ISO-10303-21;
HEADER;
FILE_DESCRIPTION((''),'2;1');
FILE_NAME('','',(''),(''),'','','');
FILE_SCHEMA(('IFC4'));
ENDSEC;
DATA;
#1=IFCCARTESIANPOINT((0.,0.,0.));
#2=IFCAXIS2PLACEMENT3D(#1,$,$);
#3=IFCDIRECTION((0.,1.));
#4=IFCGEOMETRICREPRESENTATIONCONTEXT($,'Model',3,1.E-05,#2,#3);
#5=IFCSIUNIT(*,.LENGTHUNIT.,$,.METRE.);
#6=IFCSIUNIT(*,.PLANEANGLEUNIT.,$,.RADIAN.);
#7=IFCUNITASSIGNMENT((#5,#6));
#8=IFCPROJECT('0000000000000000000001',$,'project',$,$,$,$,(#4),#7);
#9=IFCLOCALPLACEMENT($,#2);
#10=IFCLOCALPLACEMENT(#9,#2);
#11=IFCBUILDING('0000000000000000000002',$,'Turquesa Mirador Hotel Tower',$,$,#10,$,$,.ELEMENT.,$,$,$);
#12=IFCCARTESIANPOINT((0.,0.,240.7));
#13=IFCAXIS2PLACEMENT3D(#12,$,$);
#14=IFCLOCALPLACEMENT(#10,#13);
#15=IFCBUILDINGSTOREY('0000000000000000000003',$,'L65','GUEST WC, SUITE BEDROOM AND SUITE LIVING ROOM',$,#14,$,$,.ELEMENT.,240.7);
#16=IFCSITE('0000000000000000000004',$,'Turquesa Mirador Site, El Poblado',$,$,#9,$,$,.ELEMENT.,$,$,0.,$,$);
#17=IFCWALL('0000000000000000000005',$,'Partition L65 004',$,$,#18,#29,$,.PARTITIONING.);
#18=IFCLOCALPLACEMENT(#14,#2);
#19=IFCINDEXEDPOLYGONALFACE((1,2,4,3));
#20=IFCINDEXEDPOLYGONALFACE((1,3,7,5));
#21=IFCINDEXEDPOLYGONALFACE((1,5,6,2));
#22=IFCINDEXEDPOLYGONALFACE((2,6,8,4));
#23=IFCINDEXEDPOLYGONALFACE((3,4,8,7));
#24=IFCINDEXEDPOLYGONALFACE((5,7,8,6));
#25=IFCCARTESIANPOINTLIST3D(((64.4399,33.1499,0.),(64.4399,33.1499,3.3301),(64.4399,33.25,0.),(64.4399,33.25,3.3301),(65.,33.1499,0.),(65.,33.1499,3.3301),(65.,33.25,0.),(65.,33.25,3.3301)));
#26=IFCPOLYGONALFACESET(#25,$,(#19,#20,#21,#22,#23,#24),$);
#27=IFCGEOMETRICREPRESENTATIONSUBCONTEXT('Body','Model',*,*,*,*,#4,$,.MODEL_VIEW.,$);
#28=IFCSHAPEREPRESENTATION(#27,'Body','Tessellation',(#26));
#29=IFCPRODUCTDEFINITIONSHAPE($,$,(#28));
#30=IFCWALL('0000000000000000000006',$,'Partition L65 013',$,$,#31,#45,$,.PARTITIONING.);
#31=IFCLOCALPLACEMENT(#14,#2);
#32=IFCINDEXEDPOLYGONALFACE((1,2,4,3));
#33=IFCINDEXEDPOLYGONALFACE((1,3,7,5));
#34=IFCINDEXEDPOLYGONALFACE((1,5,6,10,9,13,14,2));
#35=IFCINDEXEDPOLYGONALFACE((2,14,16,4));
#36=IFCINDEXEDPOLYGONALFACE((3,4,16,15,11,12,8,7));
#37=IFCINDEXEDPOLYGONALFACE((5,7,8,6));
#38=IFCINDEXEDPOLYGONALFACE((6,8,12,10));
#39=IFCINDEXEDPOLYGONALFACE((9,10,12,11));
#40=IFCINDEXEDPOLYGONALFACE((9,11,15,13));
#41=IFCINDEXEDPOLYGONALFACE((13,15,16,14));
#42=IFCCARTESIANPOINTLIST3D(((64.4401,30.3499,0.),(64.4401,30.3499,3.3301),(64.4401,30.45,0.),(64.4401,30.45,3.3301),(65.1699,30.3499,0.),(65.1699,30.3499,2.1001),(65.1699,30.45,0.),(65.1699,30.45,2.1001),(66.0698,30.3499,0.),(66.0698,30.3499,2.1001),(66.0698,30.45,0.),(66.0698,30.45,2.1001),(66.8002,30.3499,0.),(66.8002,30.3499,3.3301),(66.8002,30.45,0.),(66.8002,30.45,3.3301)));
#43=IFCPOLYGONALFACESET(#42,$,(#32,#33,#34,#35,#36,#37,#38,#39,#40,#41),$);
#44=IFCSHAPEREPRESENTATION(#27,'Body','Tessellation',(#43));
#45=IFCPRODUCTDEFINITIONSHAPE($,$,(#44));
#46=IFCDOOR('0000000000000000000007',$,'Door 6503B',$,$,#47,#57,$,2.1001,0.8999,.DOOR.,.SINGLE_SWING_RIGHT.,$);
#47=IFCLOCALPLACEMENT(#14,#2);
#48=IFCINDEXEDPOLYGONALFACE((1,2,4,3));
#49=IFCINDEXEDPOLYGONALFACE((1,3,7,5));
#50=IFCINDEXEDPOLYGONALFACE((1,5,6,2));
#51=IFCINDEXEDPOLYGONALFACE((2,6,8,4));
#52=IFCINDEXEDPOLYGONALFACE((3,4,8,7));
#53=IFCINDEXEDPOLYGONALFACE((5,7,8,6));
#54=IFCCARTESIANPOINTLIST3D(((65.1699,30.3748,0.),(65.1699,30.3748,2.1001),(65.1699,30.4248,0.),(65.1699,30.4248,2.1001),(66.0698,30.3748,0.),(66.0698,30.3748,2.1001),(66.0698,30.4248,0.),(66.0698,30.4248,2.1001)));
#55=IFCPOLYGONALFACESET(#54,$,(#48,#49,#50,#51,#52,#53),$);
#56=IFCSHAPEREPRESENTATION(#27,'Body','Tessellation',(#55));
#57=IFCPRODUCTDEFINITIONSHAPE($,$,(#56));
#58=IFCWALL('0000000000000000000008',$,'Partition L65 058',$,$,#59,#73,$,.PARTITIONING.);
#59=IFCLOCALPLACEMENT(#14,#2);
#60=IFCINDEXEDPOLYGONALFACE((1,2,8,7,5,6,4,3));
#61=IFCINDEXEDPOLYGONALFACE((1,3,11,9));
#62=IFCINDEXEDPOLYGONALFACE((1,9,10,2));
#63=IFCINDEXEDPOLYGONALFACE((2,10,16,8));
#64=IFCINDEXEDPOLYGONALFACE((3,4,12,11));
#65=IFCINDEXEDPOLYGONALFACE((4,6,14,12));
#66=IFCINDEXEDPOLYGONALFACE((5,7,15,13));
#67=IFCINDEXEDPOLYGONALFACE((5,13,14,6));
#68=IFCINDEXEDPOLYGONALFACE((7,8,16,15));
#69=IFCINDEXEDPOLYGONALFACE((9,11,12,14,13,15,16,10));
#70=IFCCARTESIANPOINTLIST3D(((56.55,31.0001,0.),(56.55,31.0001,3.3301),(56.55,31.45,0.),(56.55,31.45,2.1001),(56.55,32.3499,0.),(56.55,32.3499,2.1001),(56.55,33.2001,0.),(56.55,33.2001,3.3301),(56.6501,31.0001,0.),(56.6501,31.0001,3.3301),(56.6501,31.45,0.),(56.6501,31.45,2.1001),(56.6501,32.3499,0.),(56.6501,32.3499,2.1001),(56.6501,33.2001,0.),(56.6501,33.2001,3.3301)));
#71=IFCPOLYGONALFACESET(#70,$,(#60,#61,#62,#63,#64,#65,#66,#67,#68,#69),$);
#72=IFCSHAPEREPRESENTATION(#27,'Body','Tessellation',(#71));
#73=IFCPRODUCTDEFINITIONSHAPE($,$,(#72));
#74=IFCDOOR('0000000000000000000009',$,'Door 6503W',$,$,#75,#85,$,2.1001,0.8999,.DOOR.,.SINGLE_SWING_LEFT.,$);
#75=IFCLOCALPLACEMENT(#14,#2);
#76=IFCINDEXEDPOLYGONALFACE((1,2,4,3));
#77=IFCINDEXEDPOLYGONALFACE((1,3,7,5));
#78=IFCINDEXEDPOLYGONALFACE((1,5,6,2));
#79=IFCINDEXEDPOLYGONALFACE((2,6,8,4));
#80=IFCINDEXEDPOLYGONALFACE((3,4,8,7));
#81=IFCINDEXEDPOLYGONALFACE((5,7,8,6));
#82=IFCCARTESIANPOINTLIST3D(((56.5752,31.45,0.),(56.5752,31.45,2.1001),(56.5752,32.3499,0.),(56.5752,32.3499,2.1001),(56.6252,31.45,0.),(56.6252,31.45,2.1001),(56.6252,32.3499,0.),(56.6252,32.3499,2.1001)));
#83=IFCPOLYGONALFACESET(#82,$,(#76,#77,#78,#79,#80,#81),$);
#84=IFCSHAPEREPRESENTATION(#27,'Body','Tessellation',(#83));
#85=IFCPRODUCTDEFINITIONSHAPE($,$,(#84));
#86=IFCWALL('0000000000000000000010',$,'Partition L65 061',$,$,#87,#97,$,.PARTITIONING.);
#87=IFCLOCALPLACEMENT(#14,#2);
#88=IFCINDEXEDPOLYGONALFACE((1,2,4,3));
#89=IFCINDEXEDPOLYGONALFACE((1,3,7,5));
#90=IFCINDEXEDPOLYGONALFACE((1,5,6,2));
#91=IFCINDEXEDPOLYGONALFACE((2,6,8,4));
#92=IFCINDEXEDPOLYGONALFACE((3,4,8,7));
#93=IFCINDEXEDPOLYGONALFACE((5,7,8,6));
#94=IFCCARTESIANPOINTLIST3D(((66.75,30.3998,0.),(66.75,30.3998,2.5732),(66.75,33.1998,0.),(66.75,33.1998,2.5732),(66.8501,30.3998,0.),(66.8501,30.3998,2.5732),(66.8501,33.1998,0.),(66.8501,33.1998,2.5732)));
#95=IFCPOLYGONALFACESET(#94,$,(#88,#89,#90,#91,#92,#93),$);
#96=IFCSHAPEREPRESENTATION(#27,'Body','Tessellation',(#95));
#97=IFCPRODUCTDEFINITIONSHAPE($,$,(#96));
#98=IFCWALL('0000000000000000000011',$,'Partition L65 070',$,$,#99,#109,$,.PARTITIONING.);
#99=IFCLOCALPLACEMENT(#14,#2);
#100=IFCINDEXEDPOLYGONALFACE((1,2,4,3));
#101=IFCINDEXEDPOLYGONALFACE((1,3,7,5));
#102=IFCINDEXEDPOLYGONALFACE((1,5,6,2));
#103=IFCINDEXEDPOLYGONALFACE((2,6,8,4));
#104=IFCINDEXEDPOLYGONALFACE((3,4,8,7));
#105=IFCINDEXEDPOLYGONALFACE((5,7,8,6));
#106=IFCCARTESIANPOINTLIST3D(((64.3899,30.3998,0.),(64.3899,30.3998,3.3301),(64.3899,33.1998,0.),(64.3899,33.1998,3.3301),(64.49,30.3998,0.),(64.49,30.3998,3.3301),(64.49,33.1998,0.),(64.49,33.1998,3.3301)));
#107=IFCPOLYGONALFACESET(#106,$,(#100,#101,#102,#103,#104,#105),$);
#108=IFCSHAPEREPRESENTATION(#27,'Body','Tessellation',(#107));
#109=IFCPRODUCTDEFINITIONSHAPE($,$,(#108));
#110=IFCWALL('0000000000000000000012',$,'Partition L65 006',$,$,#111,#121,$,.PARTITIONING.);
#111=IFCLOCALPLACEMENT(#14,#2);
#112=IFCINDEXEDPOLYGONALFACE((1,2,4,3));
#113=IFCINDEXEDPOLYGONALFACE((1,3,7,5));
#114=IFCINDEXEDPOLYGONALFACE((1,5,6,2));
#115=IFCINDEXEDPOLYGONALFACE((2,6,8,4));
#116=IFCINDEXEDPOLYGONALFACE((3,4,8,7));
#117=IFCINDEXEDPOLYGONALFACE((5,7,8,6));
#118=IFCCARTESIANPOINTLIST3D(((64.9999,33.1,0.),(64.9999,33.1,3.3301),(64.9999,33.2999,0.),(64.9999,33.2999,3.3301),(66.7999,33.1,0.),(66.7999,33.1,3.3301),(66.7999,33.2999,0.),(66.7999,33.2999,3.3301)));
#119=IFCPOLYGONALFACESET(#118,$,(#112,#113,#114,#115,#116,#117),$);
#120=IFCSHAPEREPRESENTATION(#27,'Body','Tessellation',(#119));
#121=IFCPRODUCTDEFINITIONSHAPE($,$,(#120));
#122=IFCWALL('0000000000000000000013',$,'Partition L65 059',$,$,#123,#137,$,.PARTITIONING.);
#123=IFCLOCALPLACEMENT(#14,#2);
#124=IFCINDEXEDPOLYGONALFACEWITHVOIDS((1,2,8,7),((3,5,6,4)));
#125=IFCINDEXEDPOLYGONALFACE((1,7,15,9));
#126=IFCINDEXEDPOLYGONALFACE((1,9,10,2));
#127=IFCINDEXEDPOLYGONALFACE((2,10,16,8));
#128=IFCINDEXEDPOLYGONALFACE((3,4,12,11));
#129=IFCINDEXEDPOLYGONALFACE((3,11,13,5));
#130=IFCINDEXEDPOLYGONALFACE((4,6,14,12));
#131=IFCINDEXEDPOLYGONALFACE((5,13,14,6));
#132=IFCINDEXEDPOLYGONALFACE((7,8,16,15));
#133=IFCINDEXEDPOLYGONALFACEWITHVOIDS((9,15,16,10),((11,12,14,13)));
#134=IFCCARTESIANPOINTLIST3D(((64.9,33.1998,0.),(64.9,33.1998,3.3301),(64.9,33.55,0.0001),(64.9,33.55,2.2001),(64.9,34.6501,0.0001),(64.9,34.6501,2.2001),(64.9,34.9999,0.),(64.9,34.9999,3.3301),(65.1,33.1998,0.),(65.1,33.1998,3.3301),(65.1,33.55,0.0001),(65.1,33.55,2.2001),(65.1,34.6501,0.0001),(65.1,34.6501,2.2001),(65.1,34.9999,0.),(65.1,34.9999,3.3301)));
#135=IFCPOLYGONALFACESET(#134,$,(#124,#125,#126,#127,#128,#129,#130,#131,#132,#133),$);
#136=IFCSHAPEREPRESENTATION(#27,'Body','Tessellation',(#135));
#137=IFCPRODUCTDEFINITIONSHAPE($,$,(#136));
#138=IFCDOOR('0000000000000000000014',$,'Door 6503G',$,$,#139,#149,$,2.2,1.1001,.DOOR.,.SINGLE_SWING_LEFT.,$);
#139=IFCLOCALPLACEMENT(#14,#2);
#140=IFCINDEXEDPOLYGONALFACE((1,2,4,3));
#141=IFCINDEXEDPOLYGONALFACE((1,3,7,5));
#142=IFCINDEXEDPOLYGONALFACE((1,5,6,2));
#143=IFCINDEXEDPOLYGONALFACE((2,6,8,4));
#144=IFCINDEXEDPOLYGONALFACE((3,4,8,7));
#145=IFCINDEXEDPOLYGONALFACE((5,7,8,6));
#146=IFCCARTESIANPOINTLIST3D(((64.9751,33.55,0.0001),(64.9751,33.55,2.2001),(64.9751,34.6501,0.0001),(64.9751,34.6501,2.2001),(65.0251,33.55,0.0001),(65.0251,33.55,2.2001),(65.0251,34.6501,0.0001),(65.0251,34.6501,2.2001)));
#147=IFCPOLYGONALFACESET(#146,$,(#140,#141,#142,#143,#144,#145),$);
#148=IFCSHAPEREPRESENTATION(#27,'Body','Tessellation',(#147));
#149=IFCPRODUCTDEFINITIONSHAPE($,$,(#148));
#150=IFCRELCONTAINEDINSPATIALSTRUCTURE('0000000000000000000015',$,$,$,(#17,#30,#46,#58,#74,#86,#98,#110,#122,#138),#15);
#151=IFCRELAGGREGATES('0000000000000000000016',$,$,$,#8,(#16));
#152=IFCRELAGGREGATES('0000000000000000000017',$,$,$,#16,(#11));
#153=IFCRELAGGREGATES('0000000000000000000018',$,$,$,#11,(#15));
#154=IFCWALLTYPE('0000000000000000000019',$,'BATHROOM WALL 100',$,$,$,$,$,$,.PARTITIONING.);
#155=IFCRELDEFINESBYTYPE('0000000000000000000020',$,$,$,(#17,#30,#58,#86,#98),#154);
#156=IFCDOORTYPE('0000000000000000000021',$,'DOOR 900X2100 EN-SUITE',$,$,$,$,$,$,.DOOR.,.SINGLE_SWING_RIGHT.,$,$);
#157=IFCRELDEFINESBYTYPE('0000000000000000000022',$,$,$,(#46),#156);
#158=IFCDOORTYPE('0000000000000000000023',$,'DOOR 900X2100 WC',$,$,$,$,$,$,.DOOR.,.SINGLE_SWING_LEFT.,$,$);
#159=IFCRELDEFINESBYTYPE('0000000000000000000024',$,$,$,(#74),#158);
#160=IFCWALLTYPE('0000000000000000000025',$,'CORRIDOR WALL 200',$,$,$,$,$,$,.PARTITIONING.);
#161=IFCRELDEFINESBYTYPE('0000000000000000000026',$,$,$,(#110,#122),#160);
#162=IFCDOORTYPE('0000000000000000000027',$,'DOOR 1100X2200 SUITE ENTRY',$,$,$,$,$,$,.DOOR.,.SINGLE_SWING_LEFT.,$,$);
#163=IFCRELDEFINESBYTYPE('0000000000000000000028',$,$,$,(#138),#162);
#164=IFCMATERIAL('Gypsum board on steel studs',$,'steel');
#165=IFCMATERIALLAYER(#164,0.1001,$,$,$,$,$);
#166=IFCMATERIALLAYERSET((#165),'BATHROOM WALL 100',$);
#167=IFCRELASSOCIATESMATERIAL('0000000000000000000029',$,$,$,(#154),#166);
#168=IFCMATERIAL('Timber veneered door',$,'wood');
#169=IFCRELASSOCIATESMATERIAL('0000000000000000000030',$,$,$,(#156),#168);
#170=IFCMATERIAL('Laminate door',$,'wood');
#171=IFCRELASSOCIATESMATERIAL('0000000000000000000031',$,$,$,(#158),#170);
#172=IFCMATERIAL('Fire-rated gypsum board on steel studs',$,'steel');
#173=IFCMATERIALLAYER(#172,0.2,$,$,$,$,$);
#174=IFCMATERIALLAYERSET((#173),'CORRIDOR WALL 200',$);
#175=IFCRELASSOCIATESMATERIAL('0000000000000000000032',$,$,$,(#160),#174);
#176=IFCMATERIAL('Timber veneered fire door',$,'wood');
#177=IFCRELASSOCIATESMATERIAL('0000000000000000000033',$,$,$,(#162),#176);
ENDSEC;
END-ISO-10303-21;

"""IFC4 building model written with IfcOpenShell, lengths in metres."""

from ifc_helpers import new_model, si_unit, direction, frame, frame_2d, origin, place, context, subcontext, project, spatial, rectangle, extrude, material, layer, layer_set, type_object, element, fill, save


model = new_model("IFC4")

# Units and contexts
model_context = context("Model", 3, precision=1e-05, world=origin(), true_north=direction((0.0, 1.0)))
body_context = subcontext(model_context, "Body", "Model", "MODEL_VIEW")
ifc_project = project(units=[si_unit("LENGTHUNIT", "METRE"), si_unit("PLANEANGLEUNIT", "RADIAN")], contexts=[model_context])

# Site, building, storey
site_placement = place(None, origin())
site = spatial("IfcSite", under=ifc_project, at=site_placement, Name="Turquesa Mirador Site, El Poblado", CompositionType="ELEMENT", RefElevation=0.0)
building_placement = place(site_placement, origin())
building = spatial("IfcBuilding", under=site, at=building_placement, Name="Turquesa Mirador Hotel Tower", CompositionType="ELEMENT")
storey_placement = place(building_placement, frame((0.0, 0.0, 240.7)))
storey = spatial("IfcBuildingStorey", under=building, at=storey_placement, Name="L65", Description="GUEST WC, SUITE BEDROOM AND SUITE LIVING ROOM", CompositionType="ELEMENT", Elevation=240.7)

# Wall
ifc_material_1 = material(Name="Gypsum board on steel studs", Category="steel")
ifc_layer_1 = layer(ifc_material_1, 0.1001)
ifc_layer_set_1 = layer_set([ifc_layer_1], Name="BATHROOM WALL 100")
wall_type_1 = type_object("IfcWallType", Name="BATHROOM WALL 100", PredefinedType="PARTITIONING", material=ifc_layer_set_1)
wall_1_placement = place(storey_placement, frame((64.4399, 33.2, 0.0), z_axis=(0.0, 0.0, 1.0), x_axis=(1.0, 0.0, 0.0)))
element("IfcWall", 1, at=wall_1_placement, inside=storey, type_object=wall_type_1, Name="Partition L65 004", PredefinedType="PARTITIONING", context=body_context, shape_type="SweptSolid", body=[
    extrude(rectangle(XDim=0.5601, YDim=0.1001, at=frame_2d((0.28, 0.0))), origin(), (0.0, 0.0, 1.0), 3.3301),
])

# Walls, openings, doors
wall_2_placement = place(storey_placement, frame((64.4399, 30.3999, 0.0), z_axis=(0.0, 0.0, 1.0), x_axis=(1.0, 0.0, 0.0)))
wall_2 = element("IfcWall", 2, at=wall_2_placement, inside=storey, type_object=wall_type_1, Name="Partition L65 013", PredefinedType="PARTITIONING", context=body_context, shape_type="SweptSolid", body=[
    extrude(rectangle(XDim=2.3601, YDim=0.1001, at=frame_2d((1.1802, 0.0))), origin(), (0.0, 0.0, 1.0), 3.3301),
])
opening_1_placement = place(wall_2_placement, frame((0.73, 0.0, 0.0)))
opening_1 = element("IfcOpeningElement", 3, at=opening_1_placement, cuts=wall_2, PredefinedType="OPENING", context=body_context, shape_type="SweptSolid", body=[
    extrude(rectangle(XDim=0.8999, YDim=2.1001, at=frame_2d((0.45, 1.05))), frame((0.0, 0.0601, 0.0), z_axis=(0.0, -1.0, 0.0), x_axis=(1.0, 0.0, 0.0)), (0.0, 0.0, 1.0), 0.1201),
])
ifc_material_2 = material(Name="Timber veneered door", Category="wood")
door_type_1 = type_object("IfcDoorType", Name="DOOR 900X2100 EN-SUITE", OperationType="SINGLE_SWING_RIGHT", PredefinedType="DOOR", material=ifc_material_2)
door_1_placement = place(opening_1_placement, origin())
door_1 = element("IfcDoor", 4, at=door_1_placement, inside=storey, type_object=door_type_1, Name="Door 6503B", OperationType="SINGLE_SWING_RIGHT", OverallHeight=2.1001, OverallWidth=0.8999, PredefinedType="DOOR", context=body_context, shape_type="SweptSolid", body=[
    extrude(rectangle(XDim=0.8999, YDim=2.1001, at=frame_2d((0.45, 1.05))), frame((0.0, 0.0249, 0.0), z_axis=(0.0, -1.0, 0.0), x_axis=(1.0, 0.0, 0.0)), (0.0, 0.0, 1.0), 0.05),
])
fill(opening_1, door_1)
wall_3_placement = place(storey_placement, frame((56.6001, 31.0, 0.0), z_axis=(0.0, 0.0, 1.0), x_axis=(0.0, 1.0, 0.0)))
wall_3 = element("IfcWall", 5, at=wall_3_placement, inside=storey, type_object=wall_type_1, Name="Partition L65 058", PredefinedType="PARTITIONING", context=body_context, shape_type="SweptSolid", body=[
    extrude(rectangle(XDim=2.2, YDim=0.1001, at=frame_2d((1.1001, 0.0))), origin(), (0.0, 0.0, 1.0), 3.3301),
])
opening_2_placement = place(wall_3_placement, frame((0.45, 0.0, 0.0)))
opening_2 = element("IfcOpeningElement", 6, at=opening_2_placement, cuts=wall_3, PredefinedType="OPENING", context=body_context, shape_type="SweptSolid", body=[
    extrude(rectangle(XDim=0.8999, YDim=2.1001, at=frame_2d((0.45, 1.05))), frame((0.0, 0.0601, 0.0), z_axis=(0.0, -1.0, 0.0), x_axis=(1.0, 0.0, 0.0)), (0.0, 0.0, 1.0), 0.1201),
])
ifc_material_3 = material(Name="Laminate door", Category="wood")
door_type_2 = type_object("IfcDoorType", Name="DOOR 900X2100 WC", OperationType="SINGLE_SWING_LEFT", PredefinedType="DOOR", material=ifc_material_3)
door_2_placement = place(opening_2_placement, origin())
door_2 = element("IfcDoor", 7, at=door_2_placement, inside=storey, type_object=door_type_2, Name="Door 6503W", OperationType="SINGLE_SWING_LEFT", OverallHeight=2.1001, OverallWidth=0.8999, PredefinedType="DOOR", context=body_context, shape_type="SweptSolid", body=[
    extrude(rectangle(XDim=0.8999, YDim=2.1001, at=frame_2d((0.45, 1.05))), frame((0.0, 0.0249, 0.0), z_axis=(0.0, -1.0, 0.0), x_axis=(1.0, 0.0, 0.0)), (0.0, 0.0, 1.0), 0.05),
])
fill(opening_2, door_2)

# Walls
wall_4_placement = place(storey_placement, frame((66.8, 30.3999, 0.0), z_axis=(0.0, 0.0, 1.0), x_axis=(0.0, 1.0, 0.0)))
element("IfcWall", 8, at=wall_4_placement, inside=storey, type_object=wall_type_1, Name="Partition L65 061", PredefinedType="PARTITIONING", context=body_context, shape_type="SweptSolid", body=[
    extrude(rectangle(XDim=2.8, YDim=0.1001, at=frame_2d((1.3999, 0.0))), origin(), (0.0, 0.0, 1.0), 2.5732),
])
wall_5_placement = place(storey_placement, frame((64.4399, 30.3999, 0.0), z_axis=(0.0, 0.0, 1.0), x_axis=(0.0, 1.0, 0.0)))
element("IfcWall", 9, at=wall_5_placement, inside=storey, type_object=wall_type_1, Name="Partition L65 070", PredefinedType="PARTITIONING", context=body_context, shape_type="SweptSolid", body=[
    extrude(rectangle(XDim=2.8, YDim=0.1001, at=frame_2d((1.3999, 0.0))), origin(), (0.0, 0.0, 1.0), 3.3301),
])
ifc_material_4 = material(Name="Fire-rated gypsum board on steel studs", Category="steel")
ifc_layer_2 = layer(ifc_material_4, 0.2)
ifc_layer_set_2 = layer_set([ifc_layer_2], Name="CORRIDOR WALL 200")
wall_type_2 = type_object("IfcWallType", Name="CORRIDOR WALL 200", PredefinedType="PARTITIONING", material=ifc_layer_set_2)
wall_6_placement = place(storey_placement, frame((65.0, 33.2, 0.0), z_axis=(0.0, 0.0, 1.0), x_axis=(1.0, 0.0, 0.0)))
element("IfcWall", 10, at=wall_6_placement, inside=storey, type_object=wall_type_2, Name="Partition L65 006", PredefinedType="PARTITIONING", context=body_context, shape_type="SweptSolid", body=[
    extrude(rectangle(XDim=1.8, YDim=0.2, at=frame_2d((0.8999, 0.0))), origin(), (0.0, 0.0, 1.0), 3.3301),
])

# Wall, opening, door
wall_7_placement = place(storey_placement, frame((65.0, 33.2, 0.0), z_axis=(0.0, 0.0, 1.0), x_axis=(0.0, 1.0, 0.0)))
wall_7 = element("IfcWall", 11, at=wall_7_placement, inside=storey, type_object=wall_type_2, Name="Partition L65 059", PredefinedType="PARTITIONING", context=body_context, shape_type="SweptSolid", body=[
    extrude(rectangle(XDim=1.8, YDim=0.2, at=frame_2d((0.8999, 0.0))), origin(), (0.0, 0.0, 1.0), 3.3301),
])
opening_3_placement = place(wall_7_placement, frame((0.3501, 0.0, 0.0)))
opening_3 = element("IfcOpeningElement", 12, at=opening_3_placement, cuts=wall_7, PredefinedType="OPENING", context=body_context, shape_type="SweptSolid", body=[
    extrude(rectangle(XDim=1.1001, YDim=2.2, at=frame_2d((0.55, 1.1001))), frame((0.0, 0.1099, 0.0), z_axis=(0.0, -1.0, 0.0), x_axis=(1.0, 0.0, 0.0)), (0.0, 0.0, 1.0), 0.22),
])
ifc_material_5 = material(Name="Timber veneered fire door", Category="wood")
door_type_3 = type_object("IfcDoorType", Name="DOOR 1100X2200 SUITE ENTRY", OperationType="SINGLE_SWING_LEFT", PredefinedType="DOOR", material=ifc_material_5)
door_3_placement = place(opening_3_placement, origin())
door_3 = element("IfcDoor", 13, at=door_3_placement, inside=storey, type_object=door_type_3, Name="Door 6503G", OperationType="SINGLE_SWING_LEFT", OverallHeight=2.2, OverallWidth=1.1001, PredefinedType="DOOR", context=body_context, shape_type="SweptSolid", body=[
    extrude(rectangle(XDim=1.1001, YDim=2.2, at=frame_2d((0.55, 1.1001))), frame((0.0, 0.0249, 0.0), z_axis=(0.0, -1.0, 0.0), x_axis=(1.0, 0.0, 0.0)), (0.0, 0.0, 1.0), 0.05),
])
fill(opening_3, door_3)

save(model, "model.ifc")
